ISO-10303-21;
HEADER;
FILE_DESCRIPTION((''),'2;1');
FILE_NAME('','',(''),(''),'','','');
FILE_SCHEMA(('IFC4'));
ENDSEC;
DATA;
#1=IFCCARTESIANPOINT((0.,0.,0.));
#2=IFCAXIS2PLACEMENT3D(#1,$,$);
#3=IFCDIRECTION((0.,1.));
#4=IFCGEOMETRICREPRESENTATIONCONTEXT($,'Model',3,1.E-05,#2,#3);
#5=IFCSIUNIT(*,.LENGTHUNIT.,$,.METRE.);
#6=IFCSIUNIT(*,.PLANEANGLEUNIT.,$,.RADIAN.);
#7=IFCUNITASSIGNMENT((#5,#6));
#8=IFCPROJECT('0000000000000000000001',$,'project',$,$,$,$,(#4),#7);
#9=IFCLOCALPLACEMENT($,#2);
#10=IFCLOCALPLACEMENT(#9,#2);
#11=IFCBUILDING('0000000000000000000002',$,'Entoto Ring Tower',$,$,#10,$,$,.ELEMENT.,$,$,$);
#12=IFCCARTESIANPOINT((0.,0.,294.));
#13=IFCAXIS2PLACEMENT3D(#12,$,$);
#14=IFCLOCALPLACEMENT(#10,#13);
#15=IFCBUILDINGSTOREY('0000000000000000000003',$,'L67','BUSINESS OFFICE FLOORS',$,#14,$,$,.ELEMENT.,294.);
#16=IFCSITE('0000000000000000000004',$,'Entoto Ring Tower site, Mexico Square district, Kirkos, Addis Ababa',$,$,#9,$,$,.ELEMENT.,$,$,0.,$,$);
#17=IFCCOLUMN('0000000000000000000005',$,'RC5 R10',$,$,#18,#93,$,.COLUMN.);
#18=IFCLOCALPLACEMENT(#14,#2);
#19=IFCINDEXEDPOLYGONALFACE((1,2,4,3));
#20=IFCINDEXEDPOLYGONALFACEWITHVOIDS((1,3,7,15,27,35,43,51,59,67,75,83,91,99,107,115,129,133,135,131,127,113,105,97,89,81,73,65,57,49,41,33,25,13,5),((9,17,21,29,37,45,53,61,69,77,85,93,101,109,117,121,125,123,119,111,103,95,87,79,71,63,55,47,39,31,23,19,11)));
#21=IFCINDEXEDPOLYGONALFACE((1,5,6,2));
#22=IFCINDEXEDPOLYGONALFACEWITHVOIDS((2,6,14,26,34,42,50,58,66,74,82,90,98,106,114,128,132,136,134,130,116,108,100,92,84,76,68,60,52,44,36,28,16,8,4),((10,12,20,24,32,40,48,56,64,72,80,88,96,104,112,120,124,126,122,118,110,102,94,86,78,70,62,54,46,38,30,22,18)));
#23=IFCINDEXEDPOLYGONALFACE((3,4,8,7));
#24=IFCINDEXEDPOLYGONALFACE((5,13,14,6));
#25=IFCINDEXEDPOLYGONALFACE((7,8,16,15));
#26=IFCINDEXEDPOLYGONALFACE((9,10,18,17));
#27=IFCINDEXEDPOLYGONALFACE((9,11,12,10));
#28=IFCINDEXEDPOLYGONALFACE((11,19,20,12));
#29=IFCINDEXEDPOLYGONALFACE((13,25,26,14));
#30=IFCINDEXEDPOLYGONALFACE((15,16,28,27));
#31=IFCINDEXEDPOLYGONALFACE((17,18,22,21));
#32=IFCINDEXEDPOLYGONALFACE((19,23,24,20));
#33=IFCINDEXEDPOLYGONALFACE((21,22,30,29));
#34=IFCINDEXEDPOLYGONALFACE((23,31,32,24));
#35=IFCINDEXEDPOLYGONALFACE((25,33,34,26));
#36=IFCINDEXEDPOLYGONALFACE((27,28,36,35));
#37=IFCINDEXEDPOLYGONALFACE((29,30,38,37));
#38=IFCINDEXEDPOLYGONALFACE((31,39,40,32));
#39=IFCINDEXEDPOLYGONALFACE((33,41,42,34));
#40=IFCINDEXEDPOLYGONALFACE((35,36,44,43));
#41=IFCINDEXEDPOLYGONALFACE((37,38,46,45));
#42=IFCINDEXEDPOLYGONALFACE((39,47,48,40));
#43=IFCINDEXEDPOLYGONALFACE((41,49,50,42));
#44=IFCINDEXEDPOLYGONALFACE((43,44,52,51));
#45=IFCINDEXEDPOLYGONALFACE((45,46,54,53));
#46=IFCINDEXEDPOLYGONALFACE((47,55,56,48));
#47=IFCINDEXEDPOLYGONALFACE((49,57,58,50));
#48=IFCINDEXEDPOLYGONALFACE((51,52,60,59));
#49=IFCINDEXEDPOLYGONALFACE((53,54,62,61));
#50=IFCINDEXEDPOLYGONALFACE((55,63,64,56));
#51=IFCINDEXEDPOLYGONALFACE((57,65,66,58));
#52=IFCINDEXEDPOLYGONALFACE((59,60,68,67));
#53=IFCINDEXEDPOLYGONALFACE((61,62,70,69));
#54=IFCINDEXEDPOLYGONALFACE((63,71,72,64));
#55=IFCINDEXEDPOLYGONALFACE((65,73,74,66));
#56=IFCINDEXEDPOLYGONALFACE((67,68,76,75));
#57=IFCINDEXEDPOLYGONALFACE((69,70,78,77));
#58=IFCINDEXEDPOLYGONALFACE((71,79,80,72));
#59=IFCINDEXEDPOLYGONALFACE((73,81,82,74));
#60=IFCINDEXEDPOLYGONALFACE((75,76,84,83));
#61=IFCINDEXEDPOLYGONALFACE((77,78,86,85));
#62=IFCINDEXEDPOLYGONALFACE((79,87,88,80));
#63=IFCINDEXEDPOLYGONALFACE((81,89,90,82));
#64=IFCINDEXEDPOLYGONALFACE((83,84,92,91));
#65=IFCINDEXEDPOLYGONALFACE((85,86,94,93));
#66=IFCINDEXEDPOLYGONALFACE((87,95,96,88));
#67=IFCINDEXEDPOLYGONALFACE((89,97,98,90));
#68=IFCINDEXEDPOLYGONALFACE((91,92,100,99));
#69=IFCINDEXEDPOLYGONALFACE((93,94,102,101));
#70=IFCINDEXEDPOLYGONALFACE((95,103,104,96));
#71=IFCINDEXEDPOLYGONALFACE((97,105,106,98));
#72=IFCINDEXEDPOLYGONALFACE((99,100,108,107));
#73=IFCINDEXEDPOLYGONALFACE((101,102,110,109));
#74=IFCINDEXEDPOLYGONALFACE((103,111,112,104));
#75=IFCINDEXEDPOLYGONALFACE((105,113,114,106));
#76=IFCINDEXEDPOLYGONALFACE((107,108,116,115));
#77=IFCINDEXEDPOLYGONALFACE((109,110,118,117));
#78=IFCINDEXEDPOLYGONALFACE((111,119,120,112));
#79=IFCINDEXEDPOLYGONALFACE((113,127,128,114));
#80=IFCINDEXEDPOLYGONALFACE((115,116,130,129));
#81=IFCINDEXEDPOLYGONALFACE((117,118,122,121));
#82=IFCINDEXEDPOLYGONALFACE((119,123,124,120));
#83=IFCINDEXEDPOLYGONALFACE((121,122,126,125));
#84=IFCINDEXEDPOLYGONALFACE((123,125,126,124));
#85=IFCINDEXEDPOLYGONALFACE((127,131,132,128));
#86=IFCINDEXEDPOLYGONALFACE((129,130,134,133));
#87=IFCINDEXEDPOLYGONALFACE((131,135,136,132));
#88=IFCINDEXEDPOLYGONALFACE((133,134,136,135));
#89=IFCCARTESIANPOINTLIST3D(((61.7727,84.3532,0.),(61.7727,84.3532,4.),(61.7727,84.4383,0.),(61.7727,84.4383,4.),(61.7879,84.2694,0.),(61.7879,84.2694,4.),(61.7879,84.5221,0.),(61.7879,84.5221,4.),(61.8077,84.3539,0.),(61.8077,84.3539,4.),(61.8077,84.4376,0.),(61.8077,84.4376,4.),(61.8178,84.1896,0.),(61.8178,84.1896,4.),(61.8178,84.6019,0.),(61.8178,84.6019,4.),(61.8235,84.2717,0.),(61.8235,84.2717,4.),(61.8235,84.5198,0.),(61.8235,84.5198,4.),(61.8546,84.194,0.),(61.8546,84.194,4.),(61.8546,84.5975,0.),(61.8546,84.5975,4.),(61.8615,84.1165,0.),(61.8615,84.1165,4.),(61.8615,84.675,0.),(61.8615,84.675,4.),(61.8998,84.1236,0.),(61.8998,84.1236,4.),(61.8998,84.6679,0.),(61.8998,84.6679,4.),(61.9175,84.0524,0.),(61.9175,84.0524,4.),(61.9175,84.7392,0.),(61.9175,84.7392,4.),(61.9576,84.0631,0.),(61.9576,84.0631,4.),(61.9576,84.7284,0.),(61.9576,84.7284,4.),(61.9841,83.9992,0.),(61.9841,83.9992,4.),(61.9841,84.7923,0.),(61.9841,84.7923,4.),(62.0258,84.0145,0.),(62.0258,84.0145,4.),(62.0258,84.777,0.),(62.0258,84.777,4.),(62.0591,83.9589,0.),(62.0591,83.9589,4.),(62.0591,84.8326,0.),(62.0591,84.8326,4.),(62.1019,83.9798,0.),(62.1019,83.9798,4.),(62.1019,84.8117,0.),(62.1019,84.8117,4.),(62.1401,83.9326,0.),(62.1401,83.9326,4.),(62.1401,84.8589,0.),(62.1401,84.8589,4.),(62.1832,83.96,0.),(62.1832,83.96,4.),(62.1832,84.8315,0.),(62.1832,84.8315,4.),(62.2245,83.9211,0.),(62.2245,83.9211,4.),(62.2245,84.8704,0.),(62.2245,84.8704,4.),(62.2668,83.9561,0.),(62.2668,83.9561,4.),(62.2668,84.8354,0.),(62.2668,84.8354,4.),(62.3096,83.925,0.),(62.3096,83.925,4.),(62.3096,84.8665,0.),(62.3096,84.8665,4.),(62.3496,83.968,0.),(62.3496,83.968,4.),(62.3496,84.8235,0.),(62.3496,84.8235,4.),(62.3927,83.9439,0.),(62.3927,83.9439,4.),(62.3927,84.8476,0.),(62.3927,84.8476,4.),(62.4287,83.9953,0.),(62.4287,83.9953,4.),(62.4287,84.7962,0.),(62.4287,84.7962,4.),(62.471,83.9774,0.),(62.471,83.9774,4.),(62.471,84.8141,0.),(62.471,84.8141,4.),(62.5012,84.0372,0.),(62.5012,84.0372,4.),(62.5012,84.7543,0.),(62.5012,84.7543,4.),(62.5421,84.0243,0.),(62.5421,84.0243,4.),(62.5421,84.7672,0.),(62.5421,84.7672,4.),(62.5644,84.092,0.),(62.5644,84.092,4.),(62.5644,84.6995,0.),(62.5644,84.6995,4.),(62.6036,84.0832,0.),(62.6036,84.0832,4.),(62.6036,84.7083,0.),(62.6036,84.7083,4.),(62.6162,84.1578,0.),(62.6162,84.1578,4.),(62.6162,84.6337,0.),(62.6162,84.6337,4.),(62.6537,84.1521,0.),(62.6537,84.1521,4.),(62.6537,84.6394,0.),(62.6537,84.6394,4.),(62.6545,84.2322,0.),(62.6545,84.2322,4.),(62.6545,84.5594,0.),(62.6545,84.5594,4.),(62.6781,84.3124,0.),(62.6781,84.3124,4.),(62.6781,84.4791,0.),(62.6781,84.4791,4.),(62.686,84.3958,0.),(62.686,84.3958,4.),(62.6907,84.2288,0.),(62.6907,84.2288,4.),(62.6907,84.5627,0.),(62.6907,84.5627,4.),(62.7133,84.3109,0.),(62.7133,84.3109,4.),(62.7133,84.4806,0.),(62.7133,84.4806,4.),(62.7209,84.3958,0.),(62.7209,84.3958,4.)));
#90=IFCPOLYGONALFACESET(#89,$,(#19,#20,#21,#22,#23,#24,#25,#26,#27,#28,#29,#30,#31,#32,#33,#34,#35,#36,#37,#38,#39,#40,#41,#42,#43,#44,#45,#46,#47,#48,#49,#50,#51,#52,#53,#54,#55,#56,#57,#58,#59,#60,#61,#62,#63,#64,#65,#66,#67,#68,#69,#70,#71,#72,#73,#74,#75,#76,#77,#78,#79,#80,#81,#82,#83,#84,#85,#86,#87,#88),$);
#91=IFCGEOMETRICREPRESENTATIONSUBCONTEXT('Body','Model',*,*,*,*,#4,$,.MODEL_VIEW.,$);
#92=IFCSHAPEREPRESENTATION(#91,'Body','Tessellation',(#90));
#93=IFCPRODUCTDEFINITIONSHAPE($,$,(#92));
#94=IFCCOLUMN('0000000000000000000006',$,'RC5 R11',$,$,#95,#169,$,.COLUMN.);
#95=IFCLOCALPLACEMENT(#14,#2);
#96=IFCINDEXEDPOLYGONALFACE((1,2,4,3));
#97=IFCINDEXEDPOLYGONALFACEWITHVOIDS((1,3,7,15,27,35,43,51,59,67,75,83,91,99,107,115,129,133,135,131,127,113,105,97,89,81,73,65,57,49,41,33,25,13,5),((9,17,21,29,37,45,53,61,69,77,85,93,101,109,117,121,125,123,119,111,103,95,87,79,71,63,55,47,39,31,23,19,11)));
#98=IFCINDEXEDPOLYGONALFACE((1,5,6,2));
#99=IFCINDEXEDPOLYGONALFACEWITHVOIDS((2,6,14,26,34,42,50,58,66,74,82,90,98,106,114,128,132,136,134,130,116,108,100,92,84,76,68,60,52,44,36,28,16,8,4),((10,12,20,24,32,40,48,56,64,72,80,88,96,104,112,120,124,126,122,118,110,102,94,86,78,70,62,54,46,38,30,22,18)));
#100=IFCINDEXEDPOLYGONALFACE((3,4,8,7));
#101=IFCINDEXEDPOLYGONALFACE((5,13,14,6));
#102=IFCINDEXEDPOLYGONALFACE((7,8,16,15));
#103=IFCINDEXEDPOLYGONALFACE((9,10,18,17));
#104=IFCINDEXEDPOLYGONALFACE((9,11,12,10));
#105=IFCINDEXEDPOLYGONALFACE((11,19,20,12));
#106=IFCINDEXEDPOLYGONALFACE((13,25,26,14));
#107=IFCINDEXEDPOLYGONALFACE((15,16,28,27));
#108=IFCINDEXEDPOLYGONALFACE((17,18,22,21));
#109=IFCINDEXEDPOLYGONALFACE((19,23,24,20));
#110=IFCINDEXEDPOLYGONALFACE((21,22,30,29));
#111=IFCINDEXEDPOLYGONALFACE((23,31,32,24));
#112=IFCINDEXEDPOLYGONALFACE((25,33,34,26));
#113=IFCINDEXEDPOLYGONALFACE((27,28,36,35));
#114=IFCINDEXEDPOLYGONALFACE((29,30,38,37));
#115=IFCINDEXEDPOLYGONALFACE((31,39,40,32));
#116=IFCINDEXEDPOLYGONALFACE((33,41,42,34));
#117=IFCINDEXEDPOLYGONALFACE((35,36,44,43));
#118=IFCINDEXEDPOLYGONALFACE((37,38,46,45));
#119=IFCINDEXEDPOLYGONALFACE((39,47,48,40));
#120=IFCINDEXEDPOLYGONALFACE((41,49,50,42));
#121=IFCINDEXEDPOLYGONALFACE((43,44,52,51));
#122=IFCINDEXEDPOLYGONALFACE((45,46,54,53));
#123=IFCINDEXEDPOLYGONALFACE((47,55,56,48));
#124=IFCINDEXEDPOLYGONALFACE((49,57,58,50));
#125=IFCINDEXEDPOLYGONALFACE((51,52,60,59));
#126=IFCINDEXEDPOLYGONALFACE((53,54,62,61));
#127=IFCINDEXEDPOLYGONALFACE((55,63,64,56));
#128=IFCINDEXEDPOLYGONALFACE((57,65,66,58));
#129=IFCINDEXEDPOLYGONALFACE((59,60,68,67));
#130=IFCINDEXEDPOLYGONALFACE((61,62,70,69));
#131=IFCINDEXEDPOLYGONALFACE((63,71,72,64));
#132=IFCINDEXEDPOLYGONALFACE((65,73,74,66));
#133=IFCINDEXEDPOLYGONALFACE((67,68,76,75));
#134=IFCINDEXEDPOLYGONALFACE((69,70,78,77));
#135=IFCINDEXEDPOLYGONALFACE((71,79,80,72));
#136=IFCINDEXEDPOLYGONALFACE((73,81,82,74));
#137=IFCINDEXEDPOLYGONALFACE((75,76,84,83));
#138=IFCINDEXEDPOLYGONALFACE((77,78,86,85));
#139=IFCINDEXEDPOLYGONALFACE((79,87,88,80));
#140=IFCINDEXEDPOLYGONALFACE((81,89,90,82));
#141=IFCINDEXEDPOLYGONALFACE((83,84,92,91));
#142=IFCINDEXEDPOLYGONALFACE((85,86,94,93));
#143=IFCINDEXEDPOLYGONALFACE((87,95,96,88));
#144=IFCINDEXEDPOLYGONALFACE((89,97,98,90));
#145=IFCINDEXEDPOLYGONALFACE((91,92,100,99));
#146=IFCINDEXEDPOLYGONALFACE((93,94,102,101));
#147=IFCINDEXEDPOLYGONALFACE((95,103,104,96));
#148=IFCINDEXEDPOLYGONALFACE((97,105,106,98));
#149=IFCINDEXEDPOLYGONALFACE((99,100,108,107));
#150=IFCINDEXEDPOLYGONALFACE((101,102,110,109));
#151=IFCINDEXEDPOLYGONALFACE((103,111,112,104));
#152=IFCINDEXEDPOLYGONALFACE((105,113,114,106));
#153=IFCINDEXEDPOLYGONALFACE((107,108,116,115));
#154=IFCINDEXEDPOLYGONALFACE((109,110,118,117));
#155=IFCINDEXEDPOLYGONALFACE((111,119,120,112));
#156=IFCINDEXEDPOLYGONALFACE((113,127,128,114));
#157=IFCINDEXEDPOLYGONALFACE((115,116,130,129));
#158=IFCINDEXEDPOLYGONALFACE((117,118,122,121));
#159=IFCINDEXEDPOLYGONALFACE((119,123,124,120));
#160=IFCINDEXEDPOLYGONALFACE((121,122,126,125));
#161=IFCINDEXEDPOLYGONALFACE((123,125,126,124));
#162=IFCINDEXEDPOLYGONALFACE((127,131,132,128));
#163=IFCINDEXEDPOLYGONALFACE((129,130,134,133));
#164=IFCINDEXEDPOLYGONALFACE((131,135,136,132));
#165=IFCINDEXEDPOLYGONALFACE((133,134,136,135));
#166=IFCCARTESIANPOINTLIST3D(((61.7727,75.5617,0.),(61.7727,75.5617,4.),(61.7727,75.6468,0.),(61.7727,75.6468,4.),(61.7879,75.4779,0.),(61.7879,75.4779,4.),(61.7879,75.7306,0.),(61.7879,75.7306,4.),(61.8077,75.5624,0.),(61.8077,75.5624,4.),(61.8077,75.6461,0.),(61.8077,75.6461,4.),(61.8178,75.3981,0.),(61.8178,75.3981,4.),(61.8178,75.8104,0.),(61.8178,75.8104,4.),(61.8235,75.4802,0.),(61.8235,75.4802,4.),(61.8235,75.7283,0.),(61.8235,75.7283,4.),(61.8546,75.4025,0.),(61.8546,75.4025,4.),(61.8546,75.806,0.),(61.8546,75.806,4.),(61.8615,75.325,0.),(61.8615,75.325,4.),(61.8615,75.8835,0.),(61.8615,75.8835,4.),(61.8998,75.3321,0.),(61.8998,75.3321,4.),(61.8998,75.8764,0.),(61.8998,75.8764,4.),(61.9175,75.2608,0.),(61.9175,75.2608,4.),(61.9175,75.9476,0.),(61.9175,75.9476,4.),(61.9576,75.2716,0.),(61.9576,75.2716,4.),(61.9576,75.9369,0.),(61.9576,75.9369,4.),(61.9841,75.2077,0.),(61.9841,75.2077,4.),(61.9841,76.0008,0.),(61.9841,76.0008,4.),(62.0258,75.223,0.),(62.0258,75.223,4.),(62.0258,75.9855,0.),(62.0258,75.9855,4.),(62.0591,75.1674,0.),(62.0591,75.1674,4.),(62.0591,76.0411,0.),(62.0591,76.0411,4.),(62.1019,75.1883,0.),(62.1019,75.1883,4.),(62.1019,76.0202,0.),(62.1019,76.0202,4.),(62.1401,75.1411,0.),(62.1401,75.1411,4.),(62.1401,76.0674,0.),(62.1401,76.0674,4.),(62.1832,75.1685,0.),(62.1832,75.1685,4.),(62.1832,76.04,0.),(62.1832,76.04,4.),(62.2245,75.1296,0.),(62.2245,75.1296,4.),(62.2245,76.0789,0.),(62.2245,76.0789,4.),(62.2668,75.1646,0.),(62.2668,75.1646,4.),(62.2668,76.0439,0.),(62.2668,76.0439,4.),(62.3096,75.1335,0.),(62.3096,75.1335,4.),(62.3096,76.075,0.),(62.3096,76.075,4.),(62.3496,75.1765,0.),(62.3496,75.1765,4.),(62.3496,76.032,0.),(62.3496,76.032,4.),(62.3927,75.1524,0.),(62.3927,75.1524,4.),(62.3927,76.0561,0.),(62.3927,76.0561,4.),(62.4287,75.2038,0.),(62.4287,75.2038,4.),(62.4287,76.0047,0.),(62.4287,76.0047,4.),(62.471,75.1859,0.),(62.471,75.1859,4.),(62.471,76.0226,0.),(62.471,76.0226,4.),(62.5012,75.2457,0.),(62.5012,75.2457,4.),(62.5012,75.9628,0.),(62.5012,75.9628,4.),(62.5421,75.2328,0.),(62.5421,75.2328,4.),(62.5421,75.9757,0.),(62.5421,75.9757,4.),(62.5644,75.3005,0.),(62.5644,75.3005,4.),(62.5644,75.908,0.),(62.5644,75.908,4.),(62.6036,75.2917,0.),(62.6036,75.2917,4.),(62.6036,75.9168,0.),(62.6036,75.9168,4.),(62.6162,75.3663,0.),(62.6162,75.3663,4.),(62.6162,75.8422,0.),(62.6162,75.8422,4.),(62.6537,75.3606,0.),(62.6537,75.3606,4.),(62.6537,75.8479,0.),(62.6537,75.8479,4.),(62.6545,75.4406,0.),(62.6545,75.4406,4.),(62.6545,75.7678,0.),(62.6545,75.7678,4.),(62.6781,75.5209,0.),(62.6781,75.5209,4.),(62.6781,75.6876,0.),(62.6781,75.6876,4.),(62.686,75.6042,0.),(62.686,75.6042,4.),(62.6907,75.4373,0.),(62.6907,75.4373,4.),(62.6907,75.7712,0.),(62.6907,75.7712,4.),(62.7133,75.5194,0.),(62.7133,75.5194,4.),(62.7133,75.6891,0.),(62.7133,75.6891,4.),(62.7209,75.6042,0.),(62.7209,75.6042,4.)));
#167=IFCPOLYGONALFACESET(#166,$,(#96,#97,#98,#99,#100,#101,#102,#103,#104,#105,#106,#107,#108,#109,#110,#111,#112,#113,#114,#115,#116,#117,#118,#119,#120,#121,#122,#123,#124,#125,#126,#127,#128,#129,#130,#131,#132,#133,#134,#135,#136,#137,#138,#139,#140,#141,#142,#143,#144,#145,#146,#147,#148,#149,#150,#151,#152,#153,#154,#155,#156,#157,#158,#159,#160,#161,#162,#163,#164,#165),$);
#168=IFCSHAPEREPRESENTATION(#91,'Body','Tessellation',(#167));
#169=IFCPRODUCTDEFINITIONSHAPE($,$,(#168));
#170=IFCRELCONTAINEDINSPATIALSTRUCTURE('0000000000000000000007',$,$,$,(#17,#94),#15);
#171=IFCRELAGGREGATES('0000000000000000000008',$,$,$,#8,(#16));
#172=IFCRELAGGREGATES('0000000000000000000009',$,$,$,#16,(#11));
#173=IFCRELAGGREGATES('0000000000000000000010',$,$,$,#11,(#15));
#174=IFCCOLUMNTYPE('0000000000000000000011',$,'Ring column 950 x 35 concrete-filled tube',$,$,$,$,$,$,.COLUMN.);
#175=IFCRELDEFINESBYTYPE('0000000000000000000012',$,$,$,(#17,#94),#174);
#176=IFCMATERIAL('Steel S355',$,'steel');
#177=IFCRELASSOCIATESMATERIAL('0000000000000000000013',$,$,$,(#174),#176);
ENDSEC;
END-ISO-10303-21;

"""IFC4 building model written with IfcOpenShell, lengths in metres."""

from ifc_helpers import new_model, si_unit, direction, frame, origin, origin_2d, place, context, subcontext, project, spatial, circle, hollow_circle, extrude, material, material_profile, profile_set, type_object, element, save


model = new_model("IFC4")

# Units and contexts
model_context = context("Model", 3, precision=1e-05, world=origin(), true_north=direction((0.0, 1.0)))
body_context = subcontext(model_context, "Body", "Model", "MODEL_VIEW")
ifc_project = project(units=[si_unit("LENGTHUNIT", "METRE"), si_unit("PLANEANGLEUNIT", "RADIAN")], contexts=[model_context])

# Site, building, storey
site_placement = place(None, origin())
site = spatial("IfcSite", under=ifc_project, at=site_placement, Name="Entoto Ring Tower site, Mexico Square district, Kirkos, Addis Ababa", CompositionType="ELEMENT", RefElevation=0.0)
building_placement = place(site_placement, origin())
building = spatial("IfcBuilding", under=site, at=building_placement, Name="Entoto Ring Tower", CompositionType="ELEMENT")
storey_placement = place(building_placement, frame((0.0, 0.0, 294.0)))
storey = spatial("IfcBuildingStorey", under=building, at=storey_placement, Name="L67", Description="BUSINESS OFFICE FLOORS", CompositionType="ELEMENT", Elevation=294.0)

# Columns
ifc_material_1 = material(Name="Steel S355", Category="steel")
ifc_material_profile_1 = material_profile(ifc_material_1, hollow_circle(Radius=0.4751, WallThickness=0.0349, at=origin_2d()), Name="CHS 950 x 35")
ifc_material_2 = material(Name="Concrete C60/75", Category="concrete")
ifc_material_profile_2 = material_profile(ifc_material_2, circle(Radius=0.4399, at=origin_2d()), Name="Concrete C60/75 infill")
ifc_profile_set_1 = profile_set([ifc_material_profile_1, ifc_material_profile_2], Name="Steel S355")
column_type = type_object("IfcColumnType", Name="Ring column 950 x 35 concrete-filled tube", PredefinedType="COLUMN", material=ifc_profile_set_1)
for number, where, z_axis, x_axis, name in (
    (1, (62.2458, 84.3958, 0.0), (0.0, 0.0, 1.0), (1.0, 0.0, 0.0), "RC5 R10"),
    (2, (62.2458, 75.6042, 0.0), (0.0, 0.0, 1.0), (1.0, 0.0, 0.0), "RC5 R11"),
):
    element("IfcColumn", number, at=place(storey_placement, frame(where, z_axis=z_axis, x_axis=x_axis)), inside=storey, type_object=column_type, Name=name, PredefinedType="COLUMN", context=body_context, shape_type="SweptSolid", body=[
        extrude(hollow_circle(Radius=0.4751, WallThickness=0.0349, at=origin_2d()), origin(), (0.0, 0.0, 1.0), 4.0),
    ])

save(model, "model.ifc")
